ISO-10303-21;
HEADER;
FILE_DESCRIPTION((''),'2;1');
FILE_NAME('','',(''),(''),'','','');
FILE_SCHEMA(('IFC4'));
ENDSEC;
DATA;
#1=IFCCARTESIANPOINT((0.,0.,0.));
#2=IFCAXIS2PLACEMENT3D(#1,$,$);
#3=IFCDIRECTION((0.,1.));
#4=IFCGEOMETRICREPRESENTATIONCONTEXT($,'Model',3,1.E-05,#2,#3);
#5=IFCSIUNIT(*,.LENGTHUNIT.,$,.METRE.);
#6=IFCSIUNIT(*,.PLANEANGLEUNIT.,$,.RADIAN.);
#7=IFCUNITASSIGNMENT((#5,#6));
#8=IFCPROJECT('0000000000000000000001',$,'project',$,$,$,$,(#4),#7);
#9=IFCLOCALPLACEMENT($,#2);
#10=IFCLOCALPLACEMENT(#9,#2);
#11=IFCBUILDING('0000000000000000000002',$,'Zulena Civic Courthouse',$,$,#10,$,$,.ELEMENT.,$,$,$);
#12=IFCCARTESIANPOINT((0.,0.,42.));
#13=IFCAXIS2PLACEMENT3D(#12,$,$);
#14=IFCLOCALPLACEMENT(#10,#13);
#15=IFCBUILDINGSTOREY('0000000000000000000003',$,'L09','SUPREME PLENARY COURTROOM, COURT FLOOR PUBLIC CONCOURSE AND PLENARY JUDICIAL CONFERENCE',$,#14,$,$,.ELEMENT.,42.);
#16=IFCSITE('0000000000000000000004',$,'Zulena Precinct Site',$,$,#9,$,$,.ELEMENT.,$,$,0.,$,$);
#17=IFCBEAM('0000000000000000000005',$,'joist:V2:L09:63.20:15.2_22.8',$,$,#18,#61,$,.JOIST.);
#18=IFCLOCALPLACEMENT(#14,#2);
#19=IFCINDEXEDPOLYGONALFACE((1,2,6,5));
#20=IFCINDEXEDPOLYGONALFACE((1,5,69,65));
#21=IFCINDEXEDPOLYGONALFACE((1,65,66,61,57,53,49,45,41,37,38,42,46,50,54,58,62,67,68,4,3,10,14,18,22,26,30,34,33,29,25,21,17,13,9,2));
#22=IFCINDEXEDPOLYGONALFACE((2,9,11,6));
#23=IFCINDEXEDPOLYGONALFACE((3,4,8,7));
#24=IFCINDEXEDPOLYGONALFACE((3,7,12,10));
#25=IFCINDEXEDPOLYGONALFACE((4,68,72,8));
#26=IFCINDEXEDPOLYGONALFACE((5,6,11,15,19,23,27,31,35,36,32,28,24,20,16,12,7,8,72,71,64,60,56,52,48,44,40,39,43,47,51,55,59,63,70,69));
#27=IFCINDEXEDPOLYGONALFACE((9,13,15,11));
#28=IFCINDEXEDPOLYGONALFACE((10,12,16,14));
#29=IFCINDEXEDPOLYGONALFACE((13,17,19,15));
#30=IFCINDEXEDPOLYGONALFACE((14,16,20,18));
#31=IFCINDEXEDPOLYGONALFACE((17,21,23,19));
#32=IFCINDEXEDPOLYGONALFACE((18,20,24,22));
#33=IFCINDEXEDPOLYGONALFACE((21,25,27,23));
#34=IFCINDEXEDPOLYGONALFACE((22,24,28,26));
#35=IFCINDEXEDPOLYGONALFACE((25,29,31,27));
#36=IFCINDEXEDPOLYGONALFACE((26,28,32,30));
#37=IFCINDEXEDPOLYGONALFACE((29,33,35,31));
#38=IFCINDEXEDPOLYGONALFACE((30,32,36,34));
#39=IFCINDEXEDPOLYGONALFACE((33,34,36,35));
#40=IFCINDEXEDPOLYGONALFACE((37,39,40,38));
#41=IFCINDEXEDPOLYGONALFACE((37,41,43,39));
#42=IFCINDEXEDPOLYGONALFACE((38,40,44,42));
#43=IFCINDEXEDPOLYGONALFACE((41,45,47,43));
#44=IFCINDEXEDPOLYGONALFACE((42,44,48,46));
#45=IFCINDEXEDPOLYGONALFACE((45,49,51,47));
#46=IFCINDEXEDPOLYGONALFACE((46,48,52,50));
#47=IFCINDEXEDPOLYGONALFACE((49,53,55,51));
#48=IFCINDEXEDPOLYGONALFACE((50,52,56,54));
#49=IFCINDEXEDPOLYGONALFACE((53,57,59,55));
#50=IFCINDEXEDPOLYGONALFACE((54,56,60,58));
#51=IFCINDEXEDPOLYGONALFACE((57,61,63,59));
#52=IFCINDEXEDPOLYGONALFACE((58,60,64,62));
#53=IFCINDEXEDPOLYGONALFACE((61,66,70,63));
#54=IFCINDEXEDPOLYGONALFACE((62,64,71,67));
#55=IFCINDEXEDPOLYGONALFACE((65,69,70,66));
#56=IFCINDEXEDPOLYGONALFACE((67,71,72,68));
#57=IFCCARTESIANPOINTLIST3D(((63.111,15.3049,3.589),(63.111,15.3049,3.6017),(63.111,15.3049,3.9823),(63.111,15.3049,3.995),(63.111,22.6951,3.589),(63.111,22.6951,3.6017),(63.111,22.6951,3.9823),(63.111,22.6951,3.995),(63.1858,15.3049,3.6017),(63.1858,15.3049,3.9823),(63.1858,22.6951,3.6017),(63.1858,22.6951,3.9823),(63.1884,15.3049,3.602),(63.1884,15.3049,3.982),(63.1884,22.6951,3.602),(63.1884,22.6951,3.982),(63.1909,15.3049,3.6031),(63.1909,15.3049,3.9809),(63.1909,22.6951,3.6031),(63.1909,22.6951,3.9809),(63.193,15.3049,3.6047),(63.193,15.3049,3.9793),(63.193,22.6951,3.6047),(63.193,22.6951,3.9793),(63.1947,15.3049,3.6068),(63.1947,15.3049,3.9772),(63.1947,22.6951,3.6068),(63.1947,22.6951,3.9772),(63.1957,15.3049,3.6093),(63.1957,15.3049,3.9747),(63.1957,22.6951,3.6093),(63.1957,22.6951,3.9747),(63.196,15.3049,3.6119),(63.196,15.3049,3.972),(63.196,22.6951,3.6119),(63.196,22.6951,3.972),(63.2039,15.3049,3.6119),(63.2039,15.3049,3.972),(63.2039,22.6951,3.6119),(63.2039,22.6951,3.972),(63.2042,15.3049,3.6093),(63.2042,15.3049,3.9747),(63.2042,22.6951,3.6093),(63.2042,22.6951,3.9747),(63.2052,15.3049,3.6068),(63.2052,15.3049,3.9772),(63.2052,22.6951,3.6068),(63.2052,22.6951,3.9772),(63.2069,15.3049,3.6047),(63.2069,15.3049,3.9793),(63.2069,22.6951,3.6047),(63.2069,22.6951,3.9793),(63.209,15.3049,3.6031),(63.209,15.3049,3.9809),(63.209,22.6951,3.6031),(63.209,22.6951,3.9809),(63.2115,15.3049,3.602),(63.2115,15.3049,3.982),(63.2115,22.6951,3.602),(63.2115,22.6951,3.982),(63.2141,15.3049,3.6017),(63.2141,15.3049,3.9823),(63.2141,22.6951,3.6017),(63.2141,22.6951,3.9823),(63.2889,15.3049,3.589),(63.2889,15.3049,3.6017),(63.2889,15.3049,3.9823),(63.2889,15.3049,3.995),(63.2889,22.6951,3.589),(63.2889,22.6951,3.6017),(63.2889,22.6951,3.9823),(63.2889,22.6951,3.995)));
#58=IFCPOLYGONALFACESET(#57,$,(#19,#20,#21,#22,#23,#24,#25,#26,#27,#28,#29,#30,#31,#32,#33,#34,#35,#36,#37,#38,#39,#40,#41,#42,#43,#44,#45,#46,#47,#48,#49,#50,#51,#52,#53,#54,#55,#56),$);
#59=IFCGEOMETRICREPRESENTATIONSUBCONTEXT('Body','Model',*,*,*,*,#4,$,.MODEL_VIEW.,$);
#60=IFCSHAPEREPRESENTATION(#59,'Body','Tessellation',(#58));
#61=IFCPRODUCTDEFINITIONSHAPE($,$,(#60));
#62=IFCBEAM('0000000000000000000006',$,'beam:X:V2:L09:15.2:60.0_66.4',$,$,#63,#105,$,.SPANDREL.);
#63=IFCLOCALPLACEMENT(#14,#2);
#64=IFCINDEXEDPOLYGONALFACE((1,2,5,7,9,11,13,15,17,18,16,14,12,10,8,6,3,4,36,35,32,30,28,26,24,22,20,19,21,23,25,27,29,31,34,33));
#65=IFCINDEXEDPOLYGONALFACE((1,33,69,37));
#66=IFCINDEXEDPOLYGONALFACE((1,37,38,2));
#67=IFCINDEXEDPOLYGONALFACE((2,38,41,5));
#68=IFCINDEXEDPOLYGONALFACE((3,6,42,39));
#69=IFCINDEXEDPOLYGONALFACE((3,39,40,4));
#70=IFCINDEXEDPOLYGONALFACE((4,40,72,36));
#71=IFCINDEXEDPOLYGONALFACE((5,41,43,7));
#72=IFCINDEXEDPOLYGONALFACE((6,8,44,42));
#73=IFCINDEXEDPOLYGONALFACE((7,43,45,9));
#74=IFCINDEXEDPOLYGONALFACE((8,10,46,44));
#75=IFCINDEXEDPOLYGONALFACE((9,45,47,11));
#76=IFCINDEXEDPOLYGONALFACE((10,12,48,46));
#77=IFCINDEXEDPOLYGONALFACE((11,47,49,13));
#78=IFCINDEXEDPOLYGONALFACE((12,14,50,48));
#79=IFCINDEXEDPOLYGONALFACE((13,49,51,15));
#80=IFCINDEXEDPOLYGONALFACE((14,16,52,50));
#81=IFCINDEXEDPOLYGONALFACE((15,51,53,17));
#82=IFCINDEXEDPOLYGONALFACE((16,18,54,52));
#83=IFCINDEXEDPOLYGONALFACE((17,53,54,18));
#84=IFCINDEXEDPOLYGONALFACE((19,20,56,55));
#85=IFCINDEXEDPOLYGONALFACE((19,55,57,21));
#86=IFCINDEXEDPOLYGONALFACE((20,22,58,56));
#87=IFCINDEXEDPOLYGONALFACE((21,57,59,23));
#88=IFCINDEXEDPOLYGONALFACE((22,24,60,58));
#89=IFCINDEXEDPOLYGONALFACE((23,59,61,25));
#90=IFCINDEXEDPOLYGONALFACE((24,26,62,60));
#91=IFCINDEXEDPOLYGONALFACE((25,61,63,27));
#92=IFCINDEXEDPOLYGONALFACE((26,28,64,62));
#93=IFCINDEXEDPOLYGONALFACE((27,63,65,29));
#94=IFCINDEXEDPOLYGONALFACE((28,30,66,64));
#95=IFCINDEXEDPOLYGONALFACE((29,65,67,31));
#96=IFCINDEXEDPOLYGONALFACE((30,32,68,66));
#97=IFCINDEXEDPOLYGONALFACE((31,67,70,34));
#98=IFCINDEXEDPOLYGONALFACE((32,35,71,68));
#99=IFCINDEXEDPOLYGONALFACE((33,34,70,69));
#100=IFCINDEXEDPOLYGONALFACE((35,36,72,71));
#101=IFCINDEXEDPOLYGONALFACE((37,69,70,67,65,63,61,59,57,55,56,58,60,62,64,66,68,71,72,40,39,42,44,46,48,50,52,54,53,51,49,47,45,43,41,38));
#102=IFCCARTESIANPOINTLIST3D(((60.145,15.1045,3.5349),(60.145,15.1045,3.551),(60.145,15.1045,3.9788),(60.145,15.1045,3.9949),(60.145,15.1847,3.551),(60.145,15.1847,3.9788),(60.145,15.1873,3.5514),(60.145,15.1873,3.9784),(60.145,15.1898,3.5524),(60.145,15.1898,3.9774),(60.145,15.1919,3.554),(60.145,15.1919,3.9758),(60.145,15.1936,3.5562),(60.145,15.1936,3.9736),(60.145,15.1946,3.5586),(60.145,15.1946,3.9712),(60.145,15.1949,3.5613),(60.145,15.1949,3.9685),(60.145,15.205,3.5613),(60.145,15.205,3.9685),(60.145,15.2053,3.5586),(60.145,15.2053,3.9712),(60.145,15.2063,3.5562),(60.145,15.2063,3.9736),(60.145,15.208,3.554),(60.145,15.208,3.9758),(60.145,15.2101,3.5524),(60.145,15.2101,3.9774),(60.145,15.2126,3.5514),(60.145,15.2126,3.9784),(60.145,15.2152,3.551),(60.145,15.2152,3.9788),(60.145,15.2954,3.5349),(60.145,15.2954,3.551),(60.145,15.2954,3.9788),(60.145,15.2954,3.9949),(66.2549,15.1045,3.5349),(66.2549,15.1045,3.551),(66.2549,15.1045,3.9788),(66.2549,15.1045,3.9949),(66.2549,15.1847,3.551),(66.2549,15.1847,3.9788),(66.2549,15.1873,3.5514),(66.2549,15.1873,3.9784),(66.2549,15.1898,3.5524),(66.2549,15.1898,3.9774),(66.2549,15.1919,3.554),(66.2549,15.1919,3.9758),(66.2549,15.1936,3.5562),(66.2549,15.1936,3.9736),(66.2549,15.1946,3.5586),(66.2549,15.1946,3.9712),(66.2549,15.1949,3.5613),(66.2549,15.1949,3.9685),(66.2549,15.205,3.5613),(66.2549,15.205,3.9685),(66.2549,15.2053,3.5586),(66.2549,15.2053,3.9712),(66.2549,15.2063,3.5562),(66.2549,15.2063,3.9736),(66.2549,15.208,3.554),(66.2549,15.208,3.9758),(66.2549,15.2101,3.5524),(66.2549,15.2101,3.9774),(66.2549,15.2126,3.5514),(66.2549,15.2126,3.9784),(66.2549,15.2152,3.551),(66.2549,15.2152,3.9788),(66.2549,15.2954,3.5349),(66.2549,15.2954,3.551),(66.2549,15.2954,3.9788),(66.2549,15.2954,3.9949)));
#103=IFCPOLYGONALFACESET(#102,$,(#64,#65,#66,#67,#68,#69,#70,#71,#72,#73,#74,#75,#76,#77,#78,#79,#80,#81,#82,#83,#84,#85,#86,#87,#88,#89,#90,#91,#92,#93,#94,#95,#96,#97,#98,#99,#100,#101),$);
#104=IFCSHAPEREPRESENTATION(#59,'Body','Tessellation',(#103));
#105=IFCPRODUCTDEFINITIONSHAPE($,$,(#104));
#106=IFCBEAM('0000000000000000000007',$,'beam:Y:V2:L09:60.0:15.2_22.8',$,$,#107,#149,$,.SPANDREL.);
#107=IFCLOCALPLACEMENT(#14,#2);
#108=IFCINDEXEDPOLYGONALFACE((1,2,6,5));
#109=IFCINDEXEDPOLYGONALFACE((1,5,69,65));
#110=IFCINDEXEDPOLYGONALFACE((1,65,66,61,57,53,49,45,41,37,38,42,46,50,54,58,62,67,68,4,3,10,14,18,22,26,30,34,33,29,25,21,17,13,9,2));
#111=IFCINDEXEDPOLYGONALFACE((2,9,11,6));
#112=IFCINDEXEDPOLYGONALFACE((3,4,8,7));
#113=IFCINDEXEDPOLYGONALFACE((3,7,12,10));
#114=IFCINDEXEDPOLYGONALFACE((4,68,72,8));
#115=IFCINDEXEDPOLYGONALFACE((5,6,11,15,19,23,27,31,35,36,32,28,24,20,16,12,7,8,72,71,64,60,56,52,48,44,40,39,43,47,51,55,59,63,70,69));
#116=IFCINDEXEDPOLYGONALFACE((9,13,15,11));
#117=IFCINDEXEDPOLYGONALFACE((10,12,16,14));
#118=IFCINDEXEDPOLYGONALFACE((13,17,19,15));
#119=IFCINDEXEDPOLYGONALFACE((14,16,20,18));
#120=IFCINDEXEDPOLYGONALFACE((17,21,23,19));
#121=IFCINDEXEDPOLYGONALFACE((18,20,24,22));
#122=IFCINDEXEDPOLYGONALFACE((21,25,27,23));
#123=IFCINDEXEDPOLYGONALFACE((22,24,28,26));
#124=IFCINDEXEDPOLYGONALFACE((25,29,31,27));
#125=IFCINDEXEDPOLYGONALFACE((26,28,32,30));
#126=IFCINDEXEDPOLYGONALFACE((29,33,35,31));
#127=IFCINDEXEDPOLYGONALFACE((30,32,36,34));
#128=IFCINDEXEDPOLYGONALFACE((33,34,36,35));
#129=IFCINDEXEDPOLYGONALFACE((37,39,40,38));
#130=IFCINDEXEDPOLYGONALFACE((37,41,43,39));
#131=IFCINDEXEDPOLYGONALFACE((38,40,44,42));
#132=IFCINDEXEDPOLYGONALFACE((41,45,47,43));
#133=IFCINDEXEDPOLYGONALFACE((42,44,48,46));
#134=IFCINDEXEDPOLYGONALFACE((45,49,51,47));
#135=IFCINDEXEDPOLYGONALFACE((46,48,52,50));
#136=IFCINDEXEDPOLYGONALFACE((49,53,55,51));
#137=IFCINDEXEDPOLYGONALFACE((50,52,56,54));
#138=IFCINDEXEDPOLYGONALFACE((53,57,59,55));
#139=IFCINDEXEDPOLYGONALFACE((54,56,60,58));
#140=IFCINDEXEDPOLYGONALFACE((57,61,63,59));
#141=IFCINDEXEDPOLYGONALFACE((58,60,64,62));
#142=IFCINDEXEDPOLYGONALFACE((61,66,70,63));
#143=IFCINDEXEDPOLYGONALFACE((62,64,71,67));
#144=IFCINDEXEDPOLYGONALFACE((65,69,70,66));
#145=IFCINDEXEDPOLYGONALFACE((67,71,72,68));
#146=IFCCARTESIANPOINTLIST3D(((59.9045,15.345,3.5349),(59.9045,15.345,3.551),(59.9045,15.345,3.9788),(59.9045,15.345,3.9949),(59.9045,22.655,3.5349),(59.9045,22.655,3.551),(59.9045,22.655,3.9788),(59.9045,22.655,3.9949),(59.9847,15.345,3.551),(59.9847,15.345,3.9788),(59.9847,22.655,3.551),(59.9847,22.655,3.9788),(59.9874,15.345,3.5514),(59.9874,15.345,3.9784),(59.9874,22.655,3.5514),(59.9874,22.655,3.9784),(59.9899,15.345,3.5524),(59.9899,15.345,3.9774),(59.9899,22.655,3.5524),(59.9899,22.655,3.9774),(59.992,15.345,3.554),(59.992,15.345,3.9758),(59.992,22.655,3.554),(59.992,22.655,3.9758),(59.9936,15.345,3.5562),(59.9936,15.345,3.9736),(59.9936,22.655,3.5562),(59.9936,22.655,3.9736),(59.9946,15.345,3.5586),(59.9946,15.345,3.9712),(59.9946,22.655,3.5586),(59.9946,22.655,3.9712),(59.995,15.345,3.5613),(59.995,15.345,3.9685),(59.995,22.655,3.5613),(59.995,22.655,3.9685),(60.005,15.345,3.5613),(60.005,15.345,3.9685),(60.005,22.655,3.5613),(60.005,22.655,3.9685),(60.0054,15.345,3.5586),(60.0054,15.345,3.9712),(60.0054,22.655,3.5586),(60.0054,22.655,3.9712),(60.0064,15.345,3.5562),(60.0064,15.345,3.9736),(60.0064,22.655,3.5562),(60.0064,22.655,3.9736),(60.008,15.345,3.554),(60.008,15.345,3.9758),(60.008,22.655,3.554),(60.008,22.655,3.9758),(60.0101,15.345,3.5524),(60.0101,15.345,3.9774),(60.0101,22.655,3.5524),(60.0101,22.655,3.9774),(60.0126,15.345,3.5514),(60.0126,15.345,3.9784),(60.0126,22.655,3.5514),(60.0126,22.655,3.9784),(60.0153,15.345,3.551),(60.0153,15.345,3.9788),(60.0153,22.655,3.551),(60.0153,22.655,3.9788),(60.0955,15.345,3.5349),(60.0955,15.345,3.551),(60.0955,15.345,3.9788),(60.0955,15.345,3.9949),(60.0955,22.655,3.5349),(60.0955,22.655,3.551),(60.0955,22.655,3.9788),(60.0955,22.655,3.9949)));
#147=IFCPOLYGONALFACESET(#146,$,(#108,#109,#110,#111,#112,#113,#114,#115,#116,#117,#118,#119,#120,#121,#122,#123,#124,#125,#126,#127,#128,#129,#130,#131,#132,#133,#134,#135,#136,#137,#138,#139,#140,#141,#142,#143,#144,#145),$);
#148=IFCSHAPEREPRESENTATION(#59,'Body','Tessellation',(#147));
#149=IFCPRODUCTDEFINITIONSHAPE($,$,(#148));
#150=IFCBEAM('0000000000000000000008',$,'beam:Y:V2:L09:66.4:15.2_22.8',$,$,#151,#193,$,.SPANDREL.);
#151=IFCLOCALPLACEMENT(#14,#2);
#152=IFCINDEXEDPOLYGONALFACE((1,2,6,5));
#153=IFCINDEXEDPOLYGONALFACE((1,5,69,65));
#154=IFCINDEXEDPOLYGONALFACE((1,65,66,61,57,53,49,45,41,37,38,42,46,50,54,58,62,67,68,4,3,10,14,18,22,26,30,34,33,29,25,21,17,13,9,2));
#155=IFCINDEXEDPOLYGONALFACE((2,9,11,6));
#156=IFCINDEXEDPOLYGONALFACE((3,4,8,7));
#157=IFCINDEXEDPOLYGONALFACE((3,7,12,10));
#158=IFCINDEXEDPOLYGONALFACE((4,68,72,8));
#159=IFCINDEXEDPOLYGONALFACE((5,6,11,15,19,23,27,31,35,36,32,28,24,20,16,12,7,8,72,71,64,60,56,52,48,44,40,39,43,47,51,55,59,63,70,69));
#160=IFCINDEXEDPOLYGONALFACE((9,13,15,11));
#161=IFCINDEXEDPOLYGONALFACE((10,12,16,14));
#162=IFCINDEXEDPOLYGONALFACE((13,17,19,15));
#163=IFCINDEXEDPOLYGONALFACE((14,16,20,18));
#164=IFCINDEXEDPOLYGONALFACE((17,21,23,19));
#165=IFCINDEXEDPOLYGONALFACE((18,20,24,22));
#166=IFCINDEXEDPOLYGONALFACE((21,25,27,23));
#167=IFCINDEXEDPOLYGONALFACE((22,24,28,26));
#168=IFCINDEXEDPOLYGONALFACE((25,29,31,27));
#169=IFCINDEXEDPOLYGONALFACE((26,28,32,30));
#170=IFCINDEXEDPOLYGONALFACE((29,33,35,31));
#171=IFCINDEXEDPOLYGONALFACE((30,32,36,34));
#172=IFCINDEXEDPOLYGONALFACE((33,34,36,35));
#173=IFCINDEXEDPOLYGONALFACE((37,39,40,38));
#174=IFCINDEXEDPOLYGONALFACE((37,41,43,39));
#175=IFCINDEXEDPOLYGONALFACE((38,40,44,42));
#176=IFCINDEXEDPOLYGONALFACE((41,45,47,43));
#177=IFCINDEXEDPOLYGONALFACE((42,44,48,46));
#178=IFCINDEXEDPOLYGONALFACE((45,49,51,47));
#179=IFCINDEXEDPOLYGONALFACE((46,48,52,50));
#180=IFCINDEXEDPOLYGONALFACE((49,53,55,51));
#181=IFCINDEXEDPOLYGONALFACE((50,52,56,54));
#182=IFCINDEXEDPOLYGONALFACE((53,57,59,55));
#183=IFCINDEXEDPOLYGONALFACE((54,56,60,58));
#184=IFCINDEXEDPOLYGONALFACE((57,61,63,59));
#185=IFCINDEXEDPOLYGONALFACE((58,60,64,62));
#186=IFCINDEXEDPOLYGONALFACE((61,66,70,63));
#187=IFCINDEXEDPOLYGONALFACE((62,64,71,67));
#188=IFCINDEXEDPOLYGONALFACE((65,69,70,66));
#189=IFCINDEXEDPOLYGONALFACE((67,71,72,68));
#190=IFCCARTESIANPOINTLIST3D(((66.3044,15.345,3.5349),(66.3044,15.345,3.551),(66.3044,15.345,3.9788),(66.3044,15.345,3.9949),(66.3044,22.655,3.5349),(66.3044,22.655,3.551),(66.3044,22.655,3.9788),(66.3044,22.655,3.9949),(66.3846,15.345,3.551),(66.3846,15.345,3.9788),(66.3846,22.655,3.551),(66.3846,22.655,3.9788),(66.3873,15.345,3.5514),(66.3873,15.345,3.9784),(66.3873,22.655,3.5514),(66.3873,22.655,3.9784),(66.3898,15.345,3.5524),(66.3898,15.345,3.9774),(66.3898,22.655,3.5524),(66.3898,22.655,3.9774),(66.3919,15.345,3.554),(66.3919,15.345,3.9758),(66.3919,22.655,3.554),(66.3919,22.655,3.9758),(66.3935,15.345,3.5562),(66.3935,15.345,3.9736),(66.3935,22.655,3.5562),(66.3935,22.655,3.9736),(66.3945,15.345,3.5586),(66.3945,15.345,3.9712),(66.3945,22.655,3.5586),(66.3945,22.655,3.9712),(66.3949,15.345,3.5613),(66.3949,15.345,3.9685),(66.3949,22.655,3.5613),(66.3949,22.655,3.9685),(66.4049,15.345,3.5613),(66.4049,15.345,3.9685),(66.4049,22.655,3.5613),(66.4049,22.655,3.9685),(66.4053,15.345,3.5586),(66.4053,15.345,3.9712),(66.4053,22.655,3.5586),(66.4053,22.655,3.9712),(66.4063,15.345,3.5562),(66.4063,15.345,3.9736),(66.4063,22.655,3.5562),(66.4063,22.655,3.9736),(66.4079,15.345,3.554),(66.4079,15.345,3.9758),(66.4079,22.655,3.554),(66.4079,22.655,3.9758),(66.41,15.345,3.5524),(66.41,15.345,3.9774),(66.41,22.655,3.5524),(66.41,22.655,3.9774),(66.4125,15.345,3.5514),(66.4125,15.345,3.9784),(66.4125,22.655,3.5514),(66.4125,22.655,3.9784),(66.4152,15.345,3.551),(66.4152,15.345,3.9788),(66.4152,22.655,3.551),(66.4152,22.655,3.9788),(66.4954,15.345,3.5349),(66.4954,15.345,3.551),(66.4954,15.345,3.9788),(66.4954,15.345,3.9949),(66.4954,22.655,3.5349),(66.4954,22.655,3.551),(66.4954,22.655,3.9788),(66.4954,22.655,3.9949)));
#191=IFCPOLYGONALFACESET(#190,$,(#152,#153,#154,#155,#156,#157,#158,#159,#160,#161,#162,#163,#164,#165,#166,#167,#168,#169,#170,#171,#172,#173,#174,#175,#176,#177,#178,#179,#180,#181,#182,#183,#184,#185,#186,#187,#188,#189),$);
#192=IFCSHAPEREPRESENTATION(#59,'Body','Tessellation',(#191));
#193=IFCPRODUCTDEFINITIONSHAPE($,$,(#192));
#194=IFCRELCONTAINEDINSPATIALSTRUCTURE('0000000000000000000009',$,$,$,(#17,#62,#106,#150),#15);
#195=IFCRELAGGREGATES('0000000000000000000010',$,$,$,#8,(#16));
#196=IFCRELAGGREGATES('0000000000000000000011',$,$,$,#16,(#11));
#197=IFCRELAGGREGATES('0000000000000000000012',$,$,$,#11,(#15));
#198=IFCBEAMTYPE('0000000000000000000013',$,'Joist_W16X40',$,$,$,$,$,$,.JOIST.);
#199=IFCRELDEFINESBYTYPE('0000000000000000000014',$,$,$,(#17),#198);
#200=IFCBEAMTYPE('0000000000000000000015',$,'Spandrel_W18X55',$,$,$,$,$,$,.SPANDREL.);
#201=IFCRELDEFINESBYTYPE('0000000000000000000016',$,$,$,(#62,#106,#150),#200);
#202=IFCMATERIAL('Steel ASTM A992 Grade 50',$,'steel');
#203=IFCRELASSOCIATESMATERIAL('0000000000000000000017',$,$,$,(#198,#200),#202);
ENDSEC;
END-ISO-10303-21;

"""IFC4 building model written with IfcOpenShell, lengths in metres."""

from ifc_helpers import new_model, si_unit, direction, frame, origin, origin_2d, place, context, subcontext, project, spatial, i_section, extrude, material, material_profile, profile_set, type_object, element, save


model = new_model("IFC4")

# Units and contexts
model_context = context("Model", 3, precision=1e-05, world=origin(), true_north=direction((0.0, 1.0)))
body_context = subcontext(model_context, "Body", "Model", "MODEL_VIEW")
ifc_project = project(units=[si_unit("LENGTHUNIT", "METRE"), si_unit("PLANEANGLEUNIT", "RADIAN")], contexts=[model_context])

# Site, building, storey
site_placement = place(None, origin())
site = spatial("IfcSite", under=ifc_project, at=site_placement, Name="Zulena Precinct Site", CompositionType="ELEMENT", RefElevation=0.0)
building_placement = place(site_placement, origin())
building = spatial("IfcBuilding", under=site, at=building_placement, Name="Zulena Civic Courthouse", CompositionType="ELEMENT")
storey_placement = place(building_placement, frame((0.0, 0.0, 42.0)))
storey = spatial("IfcBuildingStorey", under=building, at=storey_placement, Name="L09", Description="SUPREME PLENARY COURTROOM, COURT FLOOR PUBLIC CONCOURSE AND PLENARY JUDICIAL CONFERENCE", CompositionType="ELEMENT", Elevation=42.0)

# Shared definitions
ifc_material_1 = material(Name="Steel ASTM A992 Grade 50", Category="steel")

# Beams
ifc_material_profile_1 = material_profile(ifc_material_1, i_section(OverallWidth=0.178, OverallDepth=0.406, WebThickness=0.0078, FlangeThickness=0.0127, FilletRadius=0.0103, at=origin_2d()), Name="W16X40")
ifc_profile_set_1 = profile_set([ifc_material_profile_1], Name="Steel ASTM A992 Grade 50")
beam_type_1 = type_object("IfcBeamType", Name="Joist_W16X40", PredefinedType="JOIST", material=ifc_profile_set_1)
for number, where, z_axis, x_axis, name in (
    (1, (63.2, 15.3049, 3.792), (0.0, 1.0, 0.0), (-1.0, 0.0, 0.0), "joist:V2:L09:63.20:15.2_22.8"),
):
    element("IfcBeam", number, at=place(storey_placement, frame(where, z_axis=z_axis, x_axis=x_axis)), inside=storey, type_object=beam_type_1, Name=name, PredefinedType="JOIST", context=body_context, shape_type="SweptSolid", body=[
        extrude(i_section(OverallWidth=0.178, OverallDepth=0.406, WebThickness=0.0078, FlangeThickness=0.0127, FilletRadius=0.0103, at=origin_2d()), origin(), (0.0, 0.0, 1.0), 7.3901),
    ])
ifc_material_profile_2 = material_profile(ifc_material_1, i_section(OverallWidth=0.1909, OverallDepth=0.46, WebThickness=0.01, FlangeThickness=0.0161, FilletRadius=0.0103, at=origin_2d()), Name="W18X55")
ifc_profile_set_2 = profile_set([ifc_material_profile_2], Name="Steel ASTM A992 Grade 50")
beam_type_2 = type_object("IfcBeamType", Name="Spandrel_W18X55", PredefinedType="SPANDREL", material=ifc_profile_set_2)
beam_placement = place(storey_placement, frame((60.145, 15.2, 3.7649), z_axis=(1.0, 0.0, 0.0), x_axis=(0.0, 1.0, 0.0)))
element("IfcBeam", 2, at=beam_placement, inside=storey, type_object=beam_type_2, Name="beam:X:V2:L09:15.2:60.0_66.4", PredefinedType="SPANDREL", context=body_context, shape_type="SweptSolid", body=[
    extrude(i_section(OverallWidth=0.1909, OverallDepth=0.46, WebThickness=0.01, FlangeThickness=0.0161, FilletRadius=0.0103, at=origin_2d()), origin(), (0.0, 0.0, 1.0), 6.1099),
])
for number, where, z_axis, x_axis, name in (
    (3, (60.0, 15.345, 3.7649), (0.0, 1.0, 0.0), (-1.0, 0.0, 0.0), "beam:Y:V2:L09:60.0:15.2_22.8"),
    (4, (66.3999, 15.345, 3.7649), (0.0, 1.0, 0.0), (-1.0, 0.0, 0.0), "beam:Y:V2:L09:66.4:15.2_22.8"),
):
    element("IfcBeam", number, at=place(storey_placement, frame(where, z_axis=z_axis, x_axis=x_axis)), inside=storey, type_object=beam_type_2, Name=name, PredefinedType="SPANDREL", context=body_context, shape_type="SweptSolid", body=[
        extrude(i_section(OverallWidth=0.1909, OverallDepth=0.46, WebThickness=0.01, FlangeThickness=0.0161, FilletRadius=0.0103, at=origin_2d()), origin(), (0.0, 0.0, 1.0), 7.3101),
    ])

save(model, "model.ifc")
